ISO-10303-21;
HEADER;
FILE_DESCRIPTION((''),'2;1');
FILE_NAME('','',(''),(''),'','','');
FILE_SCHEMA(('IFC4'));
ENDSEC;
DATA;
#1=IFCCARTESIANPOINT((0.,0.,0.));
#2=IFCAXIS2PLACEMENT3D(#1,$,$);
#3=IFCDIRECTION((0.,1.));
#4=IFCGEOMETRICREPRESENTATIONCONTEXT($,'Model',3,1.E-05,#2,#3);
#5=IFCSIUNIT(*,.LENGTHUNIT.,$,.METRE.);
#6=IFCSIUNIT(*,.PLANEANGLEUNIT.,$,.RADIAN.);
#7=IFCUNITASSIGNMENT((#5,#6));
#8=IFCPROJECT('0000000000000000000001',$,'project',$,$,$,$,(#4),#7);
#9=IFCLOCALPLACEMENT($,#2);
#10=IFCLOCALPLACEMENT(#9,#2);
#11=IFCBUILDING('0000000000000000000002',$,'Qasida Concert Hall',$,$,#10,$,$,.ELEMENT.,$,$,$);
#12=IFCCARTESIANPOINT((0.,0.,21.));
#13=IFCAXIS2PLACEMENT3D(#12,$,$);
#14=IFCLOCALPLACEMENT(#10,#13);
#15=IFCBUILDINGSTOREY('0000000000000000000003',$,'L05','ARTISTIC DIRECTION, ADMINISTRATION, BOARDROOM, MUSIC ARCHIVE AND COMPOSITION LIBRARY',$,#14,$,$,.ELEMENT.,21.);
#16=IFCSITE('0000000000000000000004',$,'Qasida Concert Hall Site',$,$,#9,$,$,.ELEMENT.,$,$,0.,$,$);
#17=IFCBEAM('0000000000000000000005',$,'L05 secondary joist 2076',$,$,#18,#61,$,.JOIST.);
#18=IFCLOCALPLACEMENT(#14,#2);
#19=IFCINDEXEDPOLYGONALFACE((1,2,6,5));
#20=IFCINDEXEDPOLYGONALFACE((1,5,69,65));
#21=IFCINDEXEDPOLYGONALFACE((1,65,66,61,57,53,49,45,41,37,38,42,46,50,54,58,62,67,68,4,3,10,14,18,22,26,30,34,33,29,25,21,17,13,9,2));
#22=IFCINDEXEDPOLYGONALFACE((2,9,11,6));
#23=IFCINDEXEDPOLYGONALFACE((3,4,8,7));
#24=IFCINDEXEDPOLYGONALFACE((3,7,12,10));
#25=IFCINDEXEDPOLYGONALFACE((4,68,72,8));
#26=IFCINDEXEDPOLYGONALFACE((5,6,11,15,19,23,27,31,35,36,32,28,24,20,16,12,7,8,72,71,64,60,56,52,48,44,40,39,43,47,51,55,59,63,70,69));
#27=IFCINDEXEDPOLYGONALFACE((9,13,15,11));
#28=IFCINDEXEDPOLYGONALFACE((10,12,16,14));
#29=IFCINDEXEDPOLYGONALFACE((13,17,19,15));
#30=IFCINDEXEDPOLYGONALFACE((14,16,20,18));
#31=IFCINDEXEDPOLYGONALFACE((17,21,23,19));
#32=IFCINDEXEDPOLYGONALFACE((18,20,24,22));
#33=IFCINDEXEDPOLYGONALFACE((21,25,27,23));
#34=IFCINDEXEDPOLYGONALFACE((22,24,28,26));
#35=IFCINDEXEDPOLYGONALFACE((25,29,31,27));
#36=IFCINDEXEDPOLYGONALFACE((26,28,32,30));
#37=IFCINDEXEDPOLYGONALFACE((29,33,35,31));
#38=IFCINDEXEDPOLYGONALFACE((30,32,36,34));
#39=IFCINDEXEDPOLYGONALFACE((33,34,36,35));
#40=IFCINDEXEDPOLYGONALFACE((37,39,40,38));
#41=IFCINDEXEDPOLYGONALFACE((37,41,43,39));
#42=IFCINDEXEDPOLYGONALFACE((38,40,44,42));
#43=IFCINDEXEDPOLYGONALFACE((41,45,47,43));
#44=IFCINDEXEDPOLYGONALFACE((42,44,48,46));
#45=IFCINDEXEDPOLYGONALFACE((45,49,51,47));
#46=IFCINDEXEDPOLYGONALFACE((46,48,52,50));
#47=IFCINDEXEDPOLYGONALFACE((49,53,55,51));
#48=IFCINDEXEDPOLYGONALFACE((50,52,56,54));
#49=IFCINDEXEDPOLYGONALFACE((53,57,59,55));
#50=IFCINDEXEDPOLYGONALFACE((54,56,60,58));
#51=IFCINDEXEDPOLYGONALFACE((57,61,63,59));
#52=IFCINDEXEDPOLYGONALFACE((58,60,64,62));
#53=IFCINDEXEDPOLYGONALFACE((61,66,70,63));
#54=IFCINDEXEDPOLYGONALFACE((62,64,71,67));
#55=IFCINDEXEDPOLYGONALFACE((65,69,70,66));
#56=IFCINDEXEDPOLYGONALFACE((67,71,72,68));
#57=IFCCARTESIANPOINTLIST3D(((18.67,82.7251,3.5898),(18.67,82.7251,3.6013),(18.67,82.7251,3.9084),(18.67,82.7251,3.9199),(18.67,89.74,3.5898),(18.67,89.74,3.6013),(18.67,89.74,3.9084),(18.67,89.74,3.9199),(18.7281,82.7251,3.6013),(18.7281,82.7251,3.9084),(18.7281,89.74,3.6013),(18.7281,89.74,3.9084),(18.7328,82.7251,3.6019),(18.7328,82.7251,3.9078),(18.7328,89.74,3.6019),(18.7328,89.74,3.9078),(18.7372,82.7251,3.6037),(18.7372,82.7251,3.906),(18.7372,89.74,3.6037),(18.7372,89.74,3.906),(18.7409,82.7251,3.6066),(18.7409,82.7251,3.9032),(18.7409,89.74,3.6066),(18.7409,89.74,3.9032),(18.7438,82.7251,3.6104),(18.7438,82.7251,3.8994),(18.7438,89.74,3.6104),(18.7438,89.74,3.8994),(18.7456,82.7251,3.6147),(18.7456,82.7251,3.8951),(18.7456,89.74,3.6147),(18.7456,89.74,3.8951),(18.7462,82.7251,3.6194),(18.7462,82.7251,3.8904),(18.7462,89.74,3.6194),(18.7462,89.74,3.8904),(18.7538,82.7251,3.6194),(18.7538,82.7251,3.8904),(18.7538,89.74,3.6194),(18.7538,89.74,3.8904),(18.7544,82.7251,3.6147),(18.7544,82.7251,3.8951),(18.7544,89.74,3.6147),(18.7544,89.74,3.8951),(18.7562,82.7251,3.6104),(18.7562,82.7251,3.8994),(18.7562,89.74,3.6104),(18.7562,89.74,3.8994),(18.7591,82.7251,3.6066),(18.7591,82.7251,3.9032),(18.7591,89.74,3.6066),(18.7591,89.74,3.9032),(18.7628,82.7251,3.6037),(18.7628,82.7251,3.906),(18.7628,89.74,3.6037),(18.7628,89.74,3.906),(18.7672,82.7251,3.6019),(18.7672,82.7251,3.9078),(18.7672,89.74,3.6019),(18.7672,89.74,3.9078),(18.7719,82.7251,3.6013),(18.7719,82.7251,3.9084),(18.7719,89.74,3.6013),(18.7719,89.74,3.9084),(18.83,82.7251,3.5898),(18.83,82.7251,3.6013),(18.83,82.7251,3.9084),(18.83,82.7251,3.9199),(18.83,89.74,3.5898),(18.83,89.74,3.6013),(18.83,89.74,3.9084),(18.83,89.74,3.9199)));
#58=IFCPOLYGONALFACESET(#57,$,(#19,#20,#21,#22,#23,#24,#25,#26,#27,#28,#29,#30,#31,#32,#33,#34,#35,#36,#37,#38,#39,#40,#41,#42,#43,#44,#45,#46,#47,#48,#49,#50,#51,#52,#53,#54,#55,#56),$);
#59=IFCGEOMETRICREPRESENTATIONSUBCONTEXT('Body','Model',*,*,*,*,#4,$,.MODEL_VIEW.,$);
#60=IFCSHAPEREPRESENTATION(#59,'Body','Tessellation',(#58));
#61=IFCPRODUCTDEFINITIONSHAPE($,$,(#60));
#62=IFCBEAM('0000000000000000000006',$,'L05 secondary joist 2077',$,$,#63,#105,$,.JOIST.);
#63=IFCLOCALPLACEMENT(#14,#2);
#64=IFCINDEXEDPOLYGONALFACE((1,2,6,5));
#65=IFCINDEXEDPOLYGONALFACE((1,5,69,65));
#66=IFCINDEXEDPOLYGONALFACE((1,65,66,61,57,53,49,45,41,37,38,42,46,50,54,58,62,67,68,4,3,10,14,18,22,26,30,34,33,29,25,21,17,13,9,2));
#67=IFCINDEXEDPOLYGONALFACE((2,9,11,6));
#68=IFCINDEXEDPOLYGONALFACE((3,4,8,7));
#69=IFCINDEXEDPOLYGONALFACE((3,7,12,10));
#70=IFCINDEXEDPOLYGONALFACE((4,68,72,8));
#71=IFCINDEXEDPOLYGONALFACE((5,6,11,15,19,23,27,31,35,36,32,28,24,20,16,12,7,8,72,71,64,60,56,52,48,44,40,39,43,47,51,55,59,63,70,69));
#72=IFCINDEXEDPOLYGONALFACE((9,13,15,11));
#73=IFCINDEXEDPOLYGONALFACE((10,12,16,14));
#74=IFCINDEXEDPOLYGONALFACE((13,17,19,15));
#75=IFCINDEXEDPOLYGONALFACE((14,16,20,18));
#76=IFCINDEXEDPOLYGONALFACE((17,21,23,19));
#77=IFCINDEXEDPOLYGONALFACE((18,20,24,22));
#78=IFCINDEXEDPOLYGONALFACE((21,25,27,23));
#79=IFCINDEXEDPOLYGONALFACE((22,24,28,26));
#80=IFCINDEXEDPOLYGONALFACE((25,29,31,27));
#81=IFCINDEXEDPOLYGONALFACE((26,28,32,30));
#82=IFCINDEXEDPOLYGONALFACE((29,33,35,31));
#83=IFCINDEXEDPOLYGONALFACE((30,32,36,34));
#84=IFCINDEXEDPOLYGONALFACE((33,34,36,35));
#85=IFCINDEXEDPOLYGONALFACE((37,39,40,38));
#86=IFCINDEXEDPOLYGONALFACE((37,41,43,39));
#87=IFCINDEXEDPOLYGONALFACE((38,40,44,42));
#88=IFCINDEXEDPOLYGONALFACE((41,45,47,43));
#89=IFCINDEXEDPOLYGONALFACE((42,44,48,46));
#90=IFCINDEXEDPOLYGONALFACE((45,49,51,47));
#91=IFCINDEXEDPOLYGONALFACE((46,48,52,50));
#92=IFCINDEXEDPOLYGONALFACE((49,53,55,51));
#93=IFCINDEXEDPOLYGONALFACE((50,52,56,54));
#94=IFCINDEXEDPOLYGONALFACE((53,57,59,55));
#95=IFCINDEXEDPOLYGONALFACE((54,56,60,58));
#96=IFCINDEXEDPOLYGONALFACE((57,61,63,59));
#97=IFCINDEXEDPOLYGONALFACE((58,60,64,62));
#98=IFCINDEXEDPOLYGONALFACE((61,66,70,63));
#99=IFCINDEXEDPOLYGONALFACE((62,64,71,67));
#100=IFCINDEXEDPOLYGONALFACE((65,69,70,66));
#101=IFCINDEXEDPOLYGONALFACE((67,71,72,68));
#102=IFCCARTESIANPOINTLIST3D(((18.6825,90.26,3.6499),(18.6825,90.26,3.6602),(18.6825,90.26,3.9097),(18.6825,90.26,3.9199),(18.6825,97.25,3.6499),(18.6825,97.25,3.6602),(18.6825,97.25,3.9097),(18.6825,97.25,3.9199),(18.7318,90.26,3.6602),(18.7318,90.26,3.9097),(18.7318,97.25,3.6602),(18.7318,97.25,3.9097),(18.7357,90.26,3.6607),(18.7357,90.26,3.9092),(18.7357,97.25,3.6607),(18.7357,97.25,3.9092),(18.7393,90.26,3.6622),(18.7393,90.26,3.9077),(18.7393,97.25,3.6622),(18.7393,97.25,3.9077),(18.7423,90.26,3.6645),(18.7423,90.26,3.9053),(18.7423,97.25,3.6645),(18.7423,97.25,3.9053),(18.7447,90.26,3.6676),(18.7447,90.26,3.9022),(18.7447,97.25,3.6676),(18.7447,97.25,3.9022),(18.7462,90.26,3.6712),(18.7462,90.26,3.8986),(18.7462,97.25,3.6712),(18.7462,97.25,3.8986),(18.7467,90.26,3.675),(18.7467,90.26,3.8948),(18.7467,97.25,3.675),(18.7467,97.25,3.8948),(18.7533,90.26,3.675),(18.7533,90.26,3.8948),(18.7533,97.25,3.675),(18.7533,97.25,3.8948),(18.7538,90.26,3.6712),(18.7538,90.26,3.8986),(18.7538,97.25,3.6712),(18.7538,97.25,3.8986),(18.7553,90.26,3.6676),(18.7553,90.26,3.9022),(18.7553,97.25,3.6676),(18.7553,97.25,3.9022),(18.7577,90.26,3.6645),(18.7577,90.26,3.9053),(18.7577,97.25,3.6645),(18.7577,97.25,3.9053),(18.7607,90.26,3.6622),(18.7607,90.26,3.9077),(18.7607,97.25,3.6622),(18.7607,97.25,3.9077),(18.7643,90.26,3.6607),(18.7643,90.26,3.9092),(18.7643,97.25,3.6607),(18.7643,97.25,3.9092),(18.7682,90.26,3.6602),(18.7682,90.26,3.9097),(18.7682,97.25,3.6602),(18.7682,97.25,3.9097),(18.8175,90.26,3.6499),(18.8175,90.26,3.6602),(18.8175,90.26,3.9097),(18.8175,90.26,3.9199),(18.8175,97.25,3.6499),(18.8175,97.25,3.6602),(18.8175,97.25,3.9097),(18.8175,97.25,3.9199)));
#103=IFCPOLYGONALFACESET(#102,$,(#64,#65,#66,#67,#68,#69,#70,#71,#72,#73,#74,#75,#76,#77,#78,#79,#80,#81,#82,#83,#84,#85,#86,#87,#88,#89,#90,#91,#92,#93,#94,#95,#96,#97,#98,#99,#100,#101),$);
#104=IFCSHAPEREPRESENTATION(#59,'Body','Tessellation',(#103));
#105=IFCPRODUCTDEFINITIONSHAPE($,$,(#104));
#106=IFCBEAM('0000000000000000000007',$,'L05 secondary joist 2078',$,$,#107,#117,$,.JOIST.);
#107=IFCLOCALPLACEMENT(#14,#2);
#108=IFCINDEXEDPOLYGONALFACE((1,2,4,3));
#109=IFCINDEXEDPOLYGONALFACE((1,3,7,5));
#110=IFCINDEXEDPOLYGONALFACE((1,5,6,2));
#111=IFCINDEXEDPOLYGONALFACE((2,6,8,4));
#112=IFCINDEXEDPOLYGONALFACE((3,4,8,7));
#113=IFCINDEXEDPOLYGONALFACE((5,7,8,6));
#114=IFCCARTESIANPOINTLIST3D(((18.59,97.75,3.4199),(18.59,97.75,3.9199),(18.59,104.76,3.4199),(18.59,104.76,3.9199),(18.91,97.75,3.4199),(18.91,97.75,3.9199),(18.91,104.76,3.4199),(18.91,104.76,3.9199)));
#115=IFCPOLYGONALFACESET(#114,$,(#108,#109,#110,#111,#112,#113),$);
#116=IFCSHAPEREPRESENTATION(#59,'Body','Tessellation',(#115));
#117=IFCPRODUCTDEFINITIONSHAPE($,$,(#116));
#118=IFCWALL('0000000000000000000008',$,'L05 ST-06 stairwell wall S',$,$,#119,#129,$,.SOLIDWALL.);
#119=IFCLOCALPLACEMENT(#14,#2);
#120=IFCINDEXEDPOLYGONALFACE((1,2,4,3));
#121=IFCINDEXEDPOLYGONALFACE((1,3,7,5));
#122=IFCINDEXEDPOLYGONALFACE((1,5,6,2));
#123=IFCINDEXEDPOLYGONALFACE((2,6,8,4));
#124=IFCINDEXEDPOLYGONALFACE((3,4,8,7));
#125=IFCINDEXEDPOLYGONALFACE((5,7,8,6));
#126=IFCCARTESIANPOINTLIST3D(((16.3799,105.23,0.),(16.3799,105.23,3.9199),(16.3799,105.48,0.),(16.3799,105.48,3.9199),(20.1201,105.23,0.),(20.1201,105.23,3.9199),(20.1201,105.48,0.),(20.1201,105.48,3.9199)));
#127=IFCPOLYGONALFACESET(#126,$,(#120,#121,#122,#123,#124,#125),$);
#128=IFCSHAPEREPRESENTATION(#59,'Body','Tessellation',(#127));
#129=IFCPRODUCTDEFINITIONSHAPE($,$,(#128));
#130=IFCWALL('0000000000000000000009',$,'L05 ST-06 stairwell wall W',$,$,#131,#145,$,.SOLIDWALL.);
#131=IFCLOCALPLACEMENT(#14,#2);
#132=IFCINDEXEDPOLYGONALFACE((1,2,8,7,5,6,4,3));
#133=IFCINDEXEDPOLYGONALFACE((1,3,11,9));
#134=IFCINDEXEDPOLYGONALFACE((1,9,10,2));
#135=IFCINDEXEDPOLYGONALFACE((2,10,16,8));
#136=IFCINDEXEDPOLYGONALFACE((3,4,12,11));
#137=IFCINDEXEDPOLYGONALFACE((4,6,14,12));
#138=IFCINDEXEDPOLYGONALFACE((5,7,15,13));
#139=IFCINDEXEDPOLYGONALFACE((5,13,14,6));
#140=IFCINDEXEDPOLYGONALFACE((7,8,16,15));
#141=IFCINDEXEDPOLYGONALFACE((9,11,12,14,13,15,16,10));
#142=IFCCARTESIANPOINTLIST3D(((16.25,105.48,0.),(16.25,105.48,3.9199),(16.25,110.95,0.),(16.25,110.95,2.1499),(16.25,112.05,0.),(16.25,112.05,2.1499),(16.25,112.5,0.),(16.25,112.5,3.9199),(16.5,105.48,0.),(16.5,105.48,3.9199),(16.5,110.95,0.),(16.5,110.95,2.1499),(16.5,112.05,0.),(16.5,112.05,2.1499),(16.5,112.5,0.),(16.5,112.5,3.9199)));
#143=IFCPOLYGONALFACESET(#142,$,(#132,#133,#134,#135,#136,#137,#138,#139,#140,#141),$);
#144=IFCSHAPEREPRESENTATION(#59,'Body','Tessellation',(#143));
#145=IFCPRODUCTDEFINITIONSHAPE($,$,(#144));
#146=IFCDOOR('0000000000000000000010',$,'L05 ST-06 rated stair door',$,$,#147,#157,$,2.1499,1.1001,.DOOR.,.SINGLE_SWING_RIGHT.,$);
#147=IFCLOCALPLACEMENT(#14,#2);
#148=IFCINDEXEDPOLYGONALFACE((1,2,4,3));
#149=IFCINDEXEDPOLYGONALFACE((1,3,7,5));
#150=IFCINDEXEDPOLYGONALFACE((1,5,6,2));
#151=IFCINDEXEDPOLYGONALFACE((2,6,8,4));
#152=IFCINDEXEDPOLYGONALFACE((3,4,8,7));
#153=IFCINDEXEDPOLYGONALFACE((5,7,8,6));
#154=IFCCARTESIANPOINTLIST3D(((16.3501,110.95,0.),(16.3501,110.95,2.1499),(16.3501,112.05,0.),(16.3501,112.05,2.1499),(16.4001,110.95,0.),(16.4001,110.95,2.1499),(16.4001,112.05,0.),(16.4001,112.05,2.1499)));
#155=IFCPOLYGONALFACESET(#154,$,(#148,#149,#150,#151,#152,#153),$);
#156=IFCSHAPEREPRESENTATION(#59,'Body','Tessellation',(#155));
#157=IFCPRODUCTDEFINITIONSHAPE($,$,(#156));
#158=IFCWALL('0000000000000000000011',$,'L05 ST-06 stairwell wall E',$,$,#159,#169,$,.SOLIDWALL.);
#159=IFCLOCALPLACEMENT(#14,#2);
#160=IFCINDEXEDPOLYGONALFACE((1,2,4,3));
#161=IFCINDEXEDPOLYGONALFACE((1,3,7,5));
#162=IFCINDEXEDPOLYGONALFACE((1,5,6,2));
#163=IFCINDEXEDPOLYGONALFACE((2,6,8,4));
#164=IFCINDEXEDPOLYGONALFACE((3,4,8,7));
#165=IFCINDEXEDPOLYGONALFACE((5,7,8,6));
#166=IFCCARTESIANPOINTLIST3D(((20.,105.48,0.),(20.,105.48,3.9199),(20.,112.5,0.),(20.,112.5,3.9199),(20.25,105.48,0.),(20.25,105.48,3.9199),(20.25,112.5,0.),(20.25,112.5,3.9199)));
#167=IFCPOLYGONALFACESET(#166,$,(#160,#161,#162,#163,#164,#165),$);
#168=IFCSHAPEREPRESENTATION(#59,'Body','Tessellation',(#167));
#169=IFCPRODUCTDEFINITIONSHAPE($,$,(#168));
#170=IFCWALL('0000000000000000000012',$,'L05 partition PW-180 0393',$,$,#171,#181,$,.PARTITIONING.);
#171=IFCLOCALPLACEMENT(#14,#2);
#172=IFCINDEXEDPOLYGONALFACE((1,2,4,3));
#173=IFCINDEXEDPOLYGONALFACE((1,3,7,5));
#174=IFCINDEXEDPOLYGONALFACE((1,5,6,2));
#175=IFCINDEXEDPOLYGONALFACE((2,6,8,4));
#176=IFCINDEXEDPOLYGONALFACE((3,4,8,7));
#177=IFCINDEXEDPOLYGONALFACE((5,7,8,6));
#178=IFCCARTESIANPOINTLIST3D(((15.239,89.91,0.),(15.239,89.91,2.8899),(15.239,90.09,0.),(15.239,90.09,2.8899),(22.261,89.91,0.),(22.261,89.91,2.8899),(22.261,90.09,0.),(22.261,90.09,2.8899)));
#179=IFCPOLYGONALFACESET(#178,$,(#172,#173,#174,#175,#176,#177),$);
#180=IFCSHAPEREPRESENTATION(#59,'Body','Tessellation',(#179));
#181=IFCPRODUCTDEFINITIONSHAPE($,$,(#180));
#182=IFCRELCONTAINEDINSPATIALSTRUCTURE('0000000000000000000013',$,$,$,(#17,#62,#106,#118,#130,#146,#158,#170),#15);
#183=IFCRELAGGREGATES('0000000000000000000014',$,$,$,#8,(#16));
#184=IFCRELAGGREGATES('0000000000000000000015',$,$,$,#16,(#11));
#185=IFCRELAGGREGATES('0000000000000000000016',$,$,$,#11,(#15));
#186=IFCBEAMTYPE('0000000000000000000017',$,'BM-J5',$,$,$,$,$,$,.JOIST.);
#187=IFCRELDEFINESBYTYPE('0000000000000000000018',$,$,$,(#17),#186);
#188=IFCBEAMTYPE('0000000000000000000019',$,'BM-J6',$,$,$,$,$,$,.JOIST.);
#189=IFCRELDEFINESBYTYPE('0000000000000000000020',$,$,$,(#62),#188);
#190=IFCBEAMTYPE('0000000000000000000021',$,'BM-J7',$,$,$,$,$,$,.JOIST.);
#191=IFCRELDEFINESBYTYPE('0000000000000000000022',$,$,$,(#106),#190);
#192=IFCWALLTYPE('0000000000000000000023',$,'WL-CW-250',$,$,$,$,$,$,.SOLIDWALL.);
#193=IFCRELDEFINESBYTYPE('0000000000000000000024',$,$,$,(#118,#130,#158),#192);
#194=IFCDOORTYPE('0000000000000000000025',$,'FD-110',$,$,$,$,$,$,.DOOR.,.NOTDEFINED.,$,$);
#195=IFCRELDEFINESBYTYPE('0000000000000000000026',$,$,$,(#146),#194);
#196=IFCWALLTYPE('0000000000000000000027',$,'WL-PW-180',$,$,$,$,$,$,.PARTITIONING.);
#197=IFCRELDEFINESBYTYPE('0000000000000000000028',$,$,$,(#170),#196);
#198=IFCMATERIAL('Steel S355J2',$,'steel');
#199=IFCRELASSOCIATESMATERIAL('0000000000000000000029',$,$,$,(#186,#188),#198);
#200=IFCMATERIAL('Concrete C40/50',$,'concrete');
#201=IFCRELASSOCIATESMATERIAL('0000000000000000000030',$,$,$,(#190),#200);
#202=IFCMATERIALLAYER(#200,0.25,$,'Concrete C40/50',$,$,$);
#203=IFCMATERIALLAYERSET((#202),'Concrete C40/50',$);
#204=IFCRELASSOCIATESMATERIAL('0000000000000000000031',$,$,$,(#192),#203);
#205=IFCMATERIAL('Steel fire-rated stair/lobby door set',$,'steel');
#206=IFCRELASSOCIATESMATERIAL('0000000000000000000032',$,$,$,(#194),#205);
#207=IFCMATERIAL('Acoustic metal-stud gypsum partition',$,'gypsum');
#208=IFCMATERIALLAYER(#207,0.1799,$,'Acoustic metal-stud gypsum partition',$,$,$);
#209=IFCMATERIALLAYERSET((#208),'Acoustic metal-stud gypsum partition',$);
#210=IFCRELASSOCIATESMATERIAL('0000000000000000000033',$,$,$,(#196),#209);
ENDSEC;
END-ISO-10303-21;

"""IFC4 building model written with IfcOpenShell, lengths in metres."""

from ifc_helpers import new_model, si_unit, direction, frame, frame_2d, origin, origin_2d, place, context, subcontext, project, spatial, rectangle, i_section, extrude, material, layer, layer_set, material_profile, profile_set, type_object, element, fill, save


model = new_model("IFC4")

# Units and contexts
model_context = context("Model", 3, precision=1e-05, world=origin(), true_north=direction((0.0, 1.0)))
body_context = subcontext(model_context, "Body", "Model", "MODEL_VIEW")
ifc_project = project(units=[si_unit("LENGTHUNIT", "METRE"), si_unit("PLANEANGLEUNIT", "RADIAN")], contexts=[model_context])

# Site, building, storey
site_placement = place(None, origin())
site = spatial("IfcSite", under=ifc_project, at=site_placement, Name="Qasida Concert Hall Site", CompositionType="ELEMENT", RefElevation=0.0)
building_placement = place(site_placement, origin())
building = spatial("IfcBuilding", under=site, at=building_placement, Name="Qasida Concert Hall", CompositionType="ELEMENT")
storey_placement = place(building_placement, frame((0.0, 0.0, 21.0)))
storey = spatial("IfcBuildingStorey", under=building, at=storey_placement, Name="L05", Description="ARTISTIC DIRECTION, ADMINISTRATION, BOARDROOM, MUSIC ARCHIVE AND COMPOSITION LIBRARY", CompositionType="ELEMENT", Elevation=21.0)

# Beams
ifc_material_1 = material(Name="Steel S355J2", Category="steel")
ifc_material_profile_1 = material_profile(ifc_material_1, i_section(OverallWidth=0.1599, OverallDepth=0.3301, WebThickness=0.0076, FlangeThickness=0.0115, FilletRadius=0.0181, at=origin_2d()), Name="IPE 330")
ifc_profile_set_1 = profile_set([ifc_material_profile_1], Name="Steel S355J2")
beam_type_1 = type_object("IfcBeamType", Name="BM-J5", PredefinedType="JOIST", material=ifc_profile_set_1)
beam_1_placement = place(storey_placement, frame((18.75, 82.7251, 3.7549), z_axis=(0.0, 1.0, 0.0), x_axis=(-1.0, 0.0, 0.0)))
element("IfcBeam", 1, at=beam_1_placement, inside=storey, type_object=beam_type_1, Name="L05 secondary joist 2076", PredefinedType="JOIST", context=body_context, shape_type="SweptSolid", body=[
    extrude(i_section(OverallWidth=0.1599, OverallDepth=0.3301, WebThickness=0.0076, FlangeThickness=0.0115, FilletRadius=0.0181, at=origin_2d()), origin(), (0.0, 0.0, 1.0), 7.0149),
])
ifc_material_profile_2 = material_profile(ifc_material_1, i_section(OverallWidth=0.135, OverallDepth=0.27, WebThickness=0.0066, FlangeThickness=0.0103, FilletRadius=0.0149, at=origin_2d()), Name="IPE 270")
ifc_profile_set_2 = profile_set([ifc_material_profile_2], Name="Steel S355J2")
beam_type_2 = type_object("IfcBeamType", Name="BM-J6", PredefinedType="JOIST", material=ifc_profile_set_2)
beam_2_placement = place(storey_placement, frame((18.75, 90.26, 3.7849), z_axis=(0.0, 1.0, 0.0), x_axis=(-1.0, 0.0, 0.0)))
element("IfcBeam", 2, at=beam_2_placement, inside=storey, type_object=beam_type_2, Name="L05 secondary joist 2077", PredefinedType="JOIST", context=body_context, shape_type="SweptSolid", body=[
    extrude(i_section(OverallWidth=0.135, OverallDepth=0.27, WebThickness=0.0066, FlangeThickness=0.0103, FilletRadius=0.0149, at=origin_2d()), origin(), (0.0, 0.0, 1.0), 6.99),
])
ifc_material_2 = material(Name="Concrete C40/50", Category="concrete")
ifc_material_profile_3 = material_profile(ifc_material_2, rectangle(XDim=0.3201, YDim=0.5, at=origin_2d()), Name="RC 320x500")
ifc_profile_set_3 = profile_set([ifc_material_profile_3], Name="Concrete C40/50")
beam_type_3 = type_object("IfcBeamType", Name="BM-J7", PredefinedType="JOIST", material=ifc_profile_set_3)
beam_3_placement = place(storey_placement, frame((18.75, 97.75, 3.6699), z_axis=(0.0, 1.0, 0.0), x_axis=(-1.0, 0.0, 0.0)))
element("IfcBeam", 3, at=beam_3_placement, inside=storey, type_object=beam_type_3, Name="L05 secondary joist 2078", PredefinedType="JOIST", context=body_context, shape_type="SweptSolid", body=[
    extrude(rectangle(XDim=0.3201, YDim=0.5, at=origin_2d()), origin(), (0.0, 0.0, 1.0), 7.01),
])

# Wall
ifc_layer_1 = layer(ifc_material_2, 0.25, Name="Concrete C40/50")
ifc_layer_set_1 = layer_set([ifc_layer_1], Name="Concrete C40/50")
wall_type_1 = type_object("IfcWallType", Name="WL-CW-250", PredefinedType="SOLIDWALL", material=ifc_layer_set_1)
wall_1_placement = place(storey_placement, frame((16.3799, 105.355, 0.0), z_axis=(0.0, 0.0, 1.0), x_axis=(1.0, 0.0, 0.0)))
element("IfcWall", 4, at=wall_1_placement, inside=storey, type_object=wall_type_1, Name="L05 ST-06 stairwell wall S", PredefinedType="SOLIDWALL", context=body_context, shape_type="SweptSolid", body=[
    extrude(rectangle(XDim=3.7402, YDim=0.25, at=frame_2d((1.8701, 0.0))), origin(), (0.0, 0.0, 1.0), 3.9199),
])

# Wall, opening, door
wall_2_placement = place(storey_placement, frame((16.375, 105.48, 0.0), z_axis=(0.0, 0.0, 1.0), x_axis=(0.0, 1.0, 0.0)))
wall_2 = element("IfcWall", 5, at=wall_2_placement, inside=storey, type_object=wall_type_1, Name="L05 ST-06 stairwell wall W", PredefinedType="SOLIDWALL", context=body_context, shape_type="SweptSolid", body=[
    extrude(rectangle(XDim=7.02, YDim=0.25, at=frame_2d((3.51, 0.0))), origin(), (0.0, 0.0, 1.0), 3.9199),
])
opening_placement = place(wall_2_placement, frame((5.47, 0.0, 0.0)))
opening = element("IfcOpeningElement", 6, at=opening_placement, cuts=wall_2, PredefinedType="OPENING", context=body_context, shape_type="SweptSolid", body=[
    extrude(rectangle(XDim=1.1001, YDim=2.1499, at=frame_2d((0.55, 1.075))), frame((0.0, 0.135, 0.0), z_axis=(0.0, -1.0, 0.0), x_axis=(1.0, 0.0, 0.0)), (0.0, 0.0, 1.0), 0.27),
])
ifc_material_3 = material(Name="Steel fire-rated stair/lobby door set", Category="steel")
door_type = type_object("IfcDoorType", Name="FD-110", OperationType="NOTDEFINED", PredefinedType="DOOR", material=ifc_material_3)
door_placement = place(opening_placement, origin())
door = element("IfcDoor", 7, at=door_placement, inside=storey, type_object=door_type, Name="L05 ST-06 rated stair door", OperationType="SINGLE_SWING_RIGHT", OverallHeight=2.1499, OverallWidth=1.1001, PredefinedType="DOOR", context=body_context, shape_type="SweptSolid", body=[
    extrude(rectangle(XDim=1.1001, YDim=2.1499, at=frame_2d((0.55, 1.075))), frame((0.0, 0.0249, 0.0), z_axis=(0.0, -1.0, 0.0), x_axis=(1.0, 0.0, 0.0)), (0.0, 0.0, 1.0), 0.05),
])
fill(opening, door)

# Walls
wall_3_placement = place(storey_placement, frame((20.125, 105.48, 0.0), z_axis=(0.0, 0.0, 1.0), x_axis=(0.0, 1.0, 0.0)))
element("IfcWall", 8, at=wall_3_placement, inside=storey, type_object=wall_type_1, Name="L05 ST-06 stairwell wall E", PredefinedType="SOLIDWALL", context=body_context, shape_type="SweptSolid", body=[
    extrude(rectangle(XDim=7.02, YDim=0.25, at=frame_2d((3.51, 0.0))), origin(), (0.0, 0.0, 1.0), 3.9199),
])
ifc_material_4 = material(Name="Acoustic metal-stud gypsum partition", Category="gypsum")
ifc_layer_2 = layer(ifc_material_4, 0.1799, Name="Acoustic metal-stud gypsum partition")
ifc_layer_set_2 = layer_set([ifc_layer_2], Name="Acoustic metal-stud gypsum partition")
wall_type_2 = type_object("IfcWallType", Name="WL-PW-180", PredefinedType="PARTITIONING", material=ifc_layer_set_2)
wall_4_placement = place(storey_placement, frame((15.239, 90.0, 0.0), z_axis=(0.0, 0.0, 1.0), x_axis=(1.0, 0.0, 0.0)))
element("IfcWall", 9, at=wall_4_placement, inside=storey, type_object=wall_type_2, Name="L05 partition PW-180 0393", PredefinedType="PARTITIONING", context=body_context, shape_type="SweptSolid", body=[
    extrude(rectangle(XDim=7.022, YDim=0.1799, at=frame_2d((3.511, 0.0))), origin(), (0.0, 0.0, 1.0), 2.8899),
])

save(model, "model.ifc")
